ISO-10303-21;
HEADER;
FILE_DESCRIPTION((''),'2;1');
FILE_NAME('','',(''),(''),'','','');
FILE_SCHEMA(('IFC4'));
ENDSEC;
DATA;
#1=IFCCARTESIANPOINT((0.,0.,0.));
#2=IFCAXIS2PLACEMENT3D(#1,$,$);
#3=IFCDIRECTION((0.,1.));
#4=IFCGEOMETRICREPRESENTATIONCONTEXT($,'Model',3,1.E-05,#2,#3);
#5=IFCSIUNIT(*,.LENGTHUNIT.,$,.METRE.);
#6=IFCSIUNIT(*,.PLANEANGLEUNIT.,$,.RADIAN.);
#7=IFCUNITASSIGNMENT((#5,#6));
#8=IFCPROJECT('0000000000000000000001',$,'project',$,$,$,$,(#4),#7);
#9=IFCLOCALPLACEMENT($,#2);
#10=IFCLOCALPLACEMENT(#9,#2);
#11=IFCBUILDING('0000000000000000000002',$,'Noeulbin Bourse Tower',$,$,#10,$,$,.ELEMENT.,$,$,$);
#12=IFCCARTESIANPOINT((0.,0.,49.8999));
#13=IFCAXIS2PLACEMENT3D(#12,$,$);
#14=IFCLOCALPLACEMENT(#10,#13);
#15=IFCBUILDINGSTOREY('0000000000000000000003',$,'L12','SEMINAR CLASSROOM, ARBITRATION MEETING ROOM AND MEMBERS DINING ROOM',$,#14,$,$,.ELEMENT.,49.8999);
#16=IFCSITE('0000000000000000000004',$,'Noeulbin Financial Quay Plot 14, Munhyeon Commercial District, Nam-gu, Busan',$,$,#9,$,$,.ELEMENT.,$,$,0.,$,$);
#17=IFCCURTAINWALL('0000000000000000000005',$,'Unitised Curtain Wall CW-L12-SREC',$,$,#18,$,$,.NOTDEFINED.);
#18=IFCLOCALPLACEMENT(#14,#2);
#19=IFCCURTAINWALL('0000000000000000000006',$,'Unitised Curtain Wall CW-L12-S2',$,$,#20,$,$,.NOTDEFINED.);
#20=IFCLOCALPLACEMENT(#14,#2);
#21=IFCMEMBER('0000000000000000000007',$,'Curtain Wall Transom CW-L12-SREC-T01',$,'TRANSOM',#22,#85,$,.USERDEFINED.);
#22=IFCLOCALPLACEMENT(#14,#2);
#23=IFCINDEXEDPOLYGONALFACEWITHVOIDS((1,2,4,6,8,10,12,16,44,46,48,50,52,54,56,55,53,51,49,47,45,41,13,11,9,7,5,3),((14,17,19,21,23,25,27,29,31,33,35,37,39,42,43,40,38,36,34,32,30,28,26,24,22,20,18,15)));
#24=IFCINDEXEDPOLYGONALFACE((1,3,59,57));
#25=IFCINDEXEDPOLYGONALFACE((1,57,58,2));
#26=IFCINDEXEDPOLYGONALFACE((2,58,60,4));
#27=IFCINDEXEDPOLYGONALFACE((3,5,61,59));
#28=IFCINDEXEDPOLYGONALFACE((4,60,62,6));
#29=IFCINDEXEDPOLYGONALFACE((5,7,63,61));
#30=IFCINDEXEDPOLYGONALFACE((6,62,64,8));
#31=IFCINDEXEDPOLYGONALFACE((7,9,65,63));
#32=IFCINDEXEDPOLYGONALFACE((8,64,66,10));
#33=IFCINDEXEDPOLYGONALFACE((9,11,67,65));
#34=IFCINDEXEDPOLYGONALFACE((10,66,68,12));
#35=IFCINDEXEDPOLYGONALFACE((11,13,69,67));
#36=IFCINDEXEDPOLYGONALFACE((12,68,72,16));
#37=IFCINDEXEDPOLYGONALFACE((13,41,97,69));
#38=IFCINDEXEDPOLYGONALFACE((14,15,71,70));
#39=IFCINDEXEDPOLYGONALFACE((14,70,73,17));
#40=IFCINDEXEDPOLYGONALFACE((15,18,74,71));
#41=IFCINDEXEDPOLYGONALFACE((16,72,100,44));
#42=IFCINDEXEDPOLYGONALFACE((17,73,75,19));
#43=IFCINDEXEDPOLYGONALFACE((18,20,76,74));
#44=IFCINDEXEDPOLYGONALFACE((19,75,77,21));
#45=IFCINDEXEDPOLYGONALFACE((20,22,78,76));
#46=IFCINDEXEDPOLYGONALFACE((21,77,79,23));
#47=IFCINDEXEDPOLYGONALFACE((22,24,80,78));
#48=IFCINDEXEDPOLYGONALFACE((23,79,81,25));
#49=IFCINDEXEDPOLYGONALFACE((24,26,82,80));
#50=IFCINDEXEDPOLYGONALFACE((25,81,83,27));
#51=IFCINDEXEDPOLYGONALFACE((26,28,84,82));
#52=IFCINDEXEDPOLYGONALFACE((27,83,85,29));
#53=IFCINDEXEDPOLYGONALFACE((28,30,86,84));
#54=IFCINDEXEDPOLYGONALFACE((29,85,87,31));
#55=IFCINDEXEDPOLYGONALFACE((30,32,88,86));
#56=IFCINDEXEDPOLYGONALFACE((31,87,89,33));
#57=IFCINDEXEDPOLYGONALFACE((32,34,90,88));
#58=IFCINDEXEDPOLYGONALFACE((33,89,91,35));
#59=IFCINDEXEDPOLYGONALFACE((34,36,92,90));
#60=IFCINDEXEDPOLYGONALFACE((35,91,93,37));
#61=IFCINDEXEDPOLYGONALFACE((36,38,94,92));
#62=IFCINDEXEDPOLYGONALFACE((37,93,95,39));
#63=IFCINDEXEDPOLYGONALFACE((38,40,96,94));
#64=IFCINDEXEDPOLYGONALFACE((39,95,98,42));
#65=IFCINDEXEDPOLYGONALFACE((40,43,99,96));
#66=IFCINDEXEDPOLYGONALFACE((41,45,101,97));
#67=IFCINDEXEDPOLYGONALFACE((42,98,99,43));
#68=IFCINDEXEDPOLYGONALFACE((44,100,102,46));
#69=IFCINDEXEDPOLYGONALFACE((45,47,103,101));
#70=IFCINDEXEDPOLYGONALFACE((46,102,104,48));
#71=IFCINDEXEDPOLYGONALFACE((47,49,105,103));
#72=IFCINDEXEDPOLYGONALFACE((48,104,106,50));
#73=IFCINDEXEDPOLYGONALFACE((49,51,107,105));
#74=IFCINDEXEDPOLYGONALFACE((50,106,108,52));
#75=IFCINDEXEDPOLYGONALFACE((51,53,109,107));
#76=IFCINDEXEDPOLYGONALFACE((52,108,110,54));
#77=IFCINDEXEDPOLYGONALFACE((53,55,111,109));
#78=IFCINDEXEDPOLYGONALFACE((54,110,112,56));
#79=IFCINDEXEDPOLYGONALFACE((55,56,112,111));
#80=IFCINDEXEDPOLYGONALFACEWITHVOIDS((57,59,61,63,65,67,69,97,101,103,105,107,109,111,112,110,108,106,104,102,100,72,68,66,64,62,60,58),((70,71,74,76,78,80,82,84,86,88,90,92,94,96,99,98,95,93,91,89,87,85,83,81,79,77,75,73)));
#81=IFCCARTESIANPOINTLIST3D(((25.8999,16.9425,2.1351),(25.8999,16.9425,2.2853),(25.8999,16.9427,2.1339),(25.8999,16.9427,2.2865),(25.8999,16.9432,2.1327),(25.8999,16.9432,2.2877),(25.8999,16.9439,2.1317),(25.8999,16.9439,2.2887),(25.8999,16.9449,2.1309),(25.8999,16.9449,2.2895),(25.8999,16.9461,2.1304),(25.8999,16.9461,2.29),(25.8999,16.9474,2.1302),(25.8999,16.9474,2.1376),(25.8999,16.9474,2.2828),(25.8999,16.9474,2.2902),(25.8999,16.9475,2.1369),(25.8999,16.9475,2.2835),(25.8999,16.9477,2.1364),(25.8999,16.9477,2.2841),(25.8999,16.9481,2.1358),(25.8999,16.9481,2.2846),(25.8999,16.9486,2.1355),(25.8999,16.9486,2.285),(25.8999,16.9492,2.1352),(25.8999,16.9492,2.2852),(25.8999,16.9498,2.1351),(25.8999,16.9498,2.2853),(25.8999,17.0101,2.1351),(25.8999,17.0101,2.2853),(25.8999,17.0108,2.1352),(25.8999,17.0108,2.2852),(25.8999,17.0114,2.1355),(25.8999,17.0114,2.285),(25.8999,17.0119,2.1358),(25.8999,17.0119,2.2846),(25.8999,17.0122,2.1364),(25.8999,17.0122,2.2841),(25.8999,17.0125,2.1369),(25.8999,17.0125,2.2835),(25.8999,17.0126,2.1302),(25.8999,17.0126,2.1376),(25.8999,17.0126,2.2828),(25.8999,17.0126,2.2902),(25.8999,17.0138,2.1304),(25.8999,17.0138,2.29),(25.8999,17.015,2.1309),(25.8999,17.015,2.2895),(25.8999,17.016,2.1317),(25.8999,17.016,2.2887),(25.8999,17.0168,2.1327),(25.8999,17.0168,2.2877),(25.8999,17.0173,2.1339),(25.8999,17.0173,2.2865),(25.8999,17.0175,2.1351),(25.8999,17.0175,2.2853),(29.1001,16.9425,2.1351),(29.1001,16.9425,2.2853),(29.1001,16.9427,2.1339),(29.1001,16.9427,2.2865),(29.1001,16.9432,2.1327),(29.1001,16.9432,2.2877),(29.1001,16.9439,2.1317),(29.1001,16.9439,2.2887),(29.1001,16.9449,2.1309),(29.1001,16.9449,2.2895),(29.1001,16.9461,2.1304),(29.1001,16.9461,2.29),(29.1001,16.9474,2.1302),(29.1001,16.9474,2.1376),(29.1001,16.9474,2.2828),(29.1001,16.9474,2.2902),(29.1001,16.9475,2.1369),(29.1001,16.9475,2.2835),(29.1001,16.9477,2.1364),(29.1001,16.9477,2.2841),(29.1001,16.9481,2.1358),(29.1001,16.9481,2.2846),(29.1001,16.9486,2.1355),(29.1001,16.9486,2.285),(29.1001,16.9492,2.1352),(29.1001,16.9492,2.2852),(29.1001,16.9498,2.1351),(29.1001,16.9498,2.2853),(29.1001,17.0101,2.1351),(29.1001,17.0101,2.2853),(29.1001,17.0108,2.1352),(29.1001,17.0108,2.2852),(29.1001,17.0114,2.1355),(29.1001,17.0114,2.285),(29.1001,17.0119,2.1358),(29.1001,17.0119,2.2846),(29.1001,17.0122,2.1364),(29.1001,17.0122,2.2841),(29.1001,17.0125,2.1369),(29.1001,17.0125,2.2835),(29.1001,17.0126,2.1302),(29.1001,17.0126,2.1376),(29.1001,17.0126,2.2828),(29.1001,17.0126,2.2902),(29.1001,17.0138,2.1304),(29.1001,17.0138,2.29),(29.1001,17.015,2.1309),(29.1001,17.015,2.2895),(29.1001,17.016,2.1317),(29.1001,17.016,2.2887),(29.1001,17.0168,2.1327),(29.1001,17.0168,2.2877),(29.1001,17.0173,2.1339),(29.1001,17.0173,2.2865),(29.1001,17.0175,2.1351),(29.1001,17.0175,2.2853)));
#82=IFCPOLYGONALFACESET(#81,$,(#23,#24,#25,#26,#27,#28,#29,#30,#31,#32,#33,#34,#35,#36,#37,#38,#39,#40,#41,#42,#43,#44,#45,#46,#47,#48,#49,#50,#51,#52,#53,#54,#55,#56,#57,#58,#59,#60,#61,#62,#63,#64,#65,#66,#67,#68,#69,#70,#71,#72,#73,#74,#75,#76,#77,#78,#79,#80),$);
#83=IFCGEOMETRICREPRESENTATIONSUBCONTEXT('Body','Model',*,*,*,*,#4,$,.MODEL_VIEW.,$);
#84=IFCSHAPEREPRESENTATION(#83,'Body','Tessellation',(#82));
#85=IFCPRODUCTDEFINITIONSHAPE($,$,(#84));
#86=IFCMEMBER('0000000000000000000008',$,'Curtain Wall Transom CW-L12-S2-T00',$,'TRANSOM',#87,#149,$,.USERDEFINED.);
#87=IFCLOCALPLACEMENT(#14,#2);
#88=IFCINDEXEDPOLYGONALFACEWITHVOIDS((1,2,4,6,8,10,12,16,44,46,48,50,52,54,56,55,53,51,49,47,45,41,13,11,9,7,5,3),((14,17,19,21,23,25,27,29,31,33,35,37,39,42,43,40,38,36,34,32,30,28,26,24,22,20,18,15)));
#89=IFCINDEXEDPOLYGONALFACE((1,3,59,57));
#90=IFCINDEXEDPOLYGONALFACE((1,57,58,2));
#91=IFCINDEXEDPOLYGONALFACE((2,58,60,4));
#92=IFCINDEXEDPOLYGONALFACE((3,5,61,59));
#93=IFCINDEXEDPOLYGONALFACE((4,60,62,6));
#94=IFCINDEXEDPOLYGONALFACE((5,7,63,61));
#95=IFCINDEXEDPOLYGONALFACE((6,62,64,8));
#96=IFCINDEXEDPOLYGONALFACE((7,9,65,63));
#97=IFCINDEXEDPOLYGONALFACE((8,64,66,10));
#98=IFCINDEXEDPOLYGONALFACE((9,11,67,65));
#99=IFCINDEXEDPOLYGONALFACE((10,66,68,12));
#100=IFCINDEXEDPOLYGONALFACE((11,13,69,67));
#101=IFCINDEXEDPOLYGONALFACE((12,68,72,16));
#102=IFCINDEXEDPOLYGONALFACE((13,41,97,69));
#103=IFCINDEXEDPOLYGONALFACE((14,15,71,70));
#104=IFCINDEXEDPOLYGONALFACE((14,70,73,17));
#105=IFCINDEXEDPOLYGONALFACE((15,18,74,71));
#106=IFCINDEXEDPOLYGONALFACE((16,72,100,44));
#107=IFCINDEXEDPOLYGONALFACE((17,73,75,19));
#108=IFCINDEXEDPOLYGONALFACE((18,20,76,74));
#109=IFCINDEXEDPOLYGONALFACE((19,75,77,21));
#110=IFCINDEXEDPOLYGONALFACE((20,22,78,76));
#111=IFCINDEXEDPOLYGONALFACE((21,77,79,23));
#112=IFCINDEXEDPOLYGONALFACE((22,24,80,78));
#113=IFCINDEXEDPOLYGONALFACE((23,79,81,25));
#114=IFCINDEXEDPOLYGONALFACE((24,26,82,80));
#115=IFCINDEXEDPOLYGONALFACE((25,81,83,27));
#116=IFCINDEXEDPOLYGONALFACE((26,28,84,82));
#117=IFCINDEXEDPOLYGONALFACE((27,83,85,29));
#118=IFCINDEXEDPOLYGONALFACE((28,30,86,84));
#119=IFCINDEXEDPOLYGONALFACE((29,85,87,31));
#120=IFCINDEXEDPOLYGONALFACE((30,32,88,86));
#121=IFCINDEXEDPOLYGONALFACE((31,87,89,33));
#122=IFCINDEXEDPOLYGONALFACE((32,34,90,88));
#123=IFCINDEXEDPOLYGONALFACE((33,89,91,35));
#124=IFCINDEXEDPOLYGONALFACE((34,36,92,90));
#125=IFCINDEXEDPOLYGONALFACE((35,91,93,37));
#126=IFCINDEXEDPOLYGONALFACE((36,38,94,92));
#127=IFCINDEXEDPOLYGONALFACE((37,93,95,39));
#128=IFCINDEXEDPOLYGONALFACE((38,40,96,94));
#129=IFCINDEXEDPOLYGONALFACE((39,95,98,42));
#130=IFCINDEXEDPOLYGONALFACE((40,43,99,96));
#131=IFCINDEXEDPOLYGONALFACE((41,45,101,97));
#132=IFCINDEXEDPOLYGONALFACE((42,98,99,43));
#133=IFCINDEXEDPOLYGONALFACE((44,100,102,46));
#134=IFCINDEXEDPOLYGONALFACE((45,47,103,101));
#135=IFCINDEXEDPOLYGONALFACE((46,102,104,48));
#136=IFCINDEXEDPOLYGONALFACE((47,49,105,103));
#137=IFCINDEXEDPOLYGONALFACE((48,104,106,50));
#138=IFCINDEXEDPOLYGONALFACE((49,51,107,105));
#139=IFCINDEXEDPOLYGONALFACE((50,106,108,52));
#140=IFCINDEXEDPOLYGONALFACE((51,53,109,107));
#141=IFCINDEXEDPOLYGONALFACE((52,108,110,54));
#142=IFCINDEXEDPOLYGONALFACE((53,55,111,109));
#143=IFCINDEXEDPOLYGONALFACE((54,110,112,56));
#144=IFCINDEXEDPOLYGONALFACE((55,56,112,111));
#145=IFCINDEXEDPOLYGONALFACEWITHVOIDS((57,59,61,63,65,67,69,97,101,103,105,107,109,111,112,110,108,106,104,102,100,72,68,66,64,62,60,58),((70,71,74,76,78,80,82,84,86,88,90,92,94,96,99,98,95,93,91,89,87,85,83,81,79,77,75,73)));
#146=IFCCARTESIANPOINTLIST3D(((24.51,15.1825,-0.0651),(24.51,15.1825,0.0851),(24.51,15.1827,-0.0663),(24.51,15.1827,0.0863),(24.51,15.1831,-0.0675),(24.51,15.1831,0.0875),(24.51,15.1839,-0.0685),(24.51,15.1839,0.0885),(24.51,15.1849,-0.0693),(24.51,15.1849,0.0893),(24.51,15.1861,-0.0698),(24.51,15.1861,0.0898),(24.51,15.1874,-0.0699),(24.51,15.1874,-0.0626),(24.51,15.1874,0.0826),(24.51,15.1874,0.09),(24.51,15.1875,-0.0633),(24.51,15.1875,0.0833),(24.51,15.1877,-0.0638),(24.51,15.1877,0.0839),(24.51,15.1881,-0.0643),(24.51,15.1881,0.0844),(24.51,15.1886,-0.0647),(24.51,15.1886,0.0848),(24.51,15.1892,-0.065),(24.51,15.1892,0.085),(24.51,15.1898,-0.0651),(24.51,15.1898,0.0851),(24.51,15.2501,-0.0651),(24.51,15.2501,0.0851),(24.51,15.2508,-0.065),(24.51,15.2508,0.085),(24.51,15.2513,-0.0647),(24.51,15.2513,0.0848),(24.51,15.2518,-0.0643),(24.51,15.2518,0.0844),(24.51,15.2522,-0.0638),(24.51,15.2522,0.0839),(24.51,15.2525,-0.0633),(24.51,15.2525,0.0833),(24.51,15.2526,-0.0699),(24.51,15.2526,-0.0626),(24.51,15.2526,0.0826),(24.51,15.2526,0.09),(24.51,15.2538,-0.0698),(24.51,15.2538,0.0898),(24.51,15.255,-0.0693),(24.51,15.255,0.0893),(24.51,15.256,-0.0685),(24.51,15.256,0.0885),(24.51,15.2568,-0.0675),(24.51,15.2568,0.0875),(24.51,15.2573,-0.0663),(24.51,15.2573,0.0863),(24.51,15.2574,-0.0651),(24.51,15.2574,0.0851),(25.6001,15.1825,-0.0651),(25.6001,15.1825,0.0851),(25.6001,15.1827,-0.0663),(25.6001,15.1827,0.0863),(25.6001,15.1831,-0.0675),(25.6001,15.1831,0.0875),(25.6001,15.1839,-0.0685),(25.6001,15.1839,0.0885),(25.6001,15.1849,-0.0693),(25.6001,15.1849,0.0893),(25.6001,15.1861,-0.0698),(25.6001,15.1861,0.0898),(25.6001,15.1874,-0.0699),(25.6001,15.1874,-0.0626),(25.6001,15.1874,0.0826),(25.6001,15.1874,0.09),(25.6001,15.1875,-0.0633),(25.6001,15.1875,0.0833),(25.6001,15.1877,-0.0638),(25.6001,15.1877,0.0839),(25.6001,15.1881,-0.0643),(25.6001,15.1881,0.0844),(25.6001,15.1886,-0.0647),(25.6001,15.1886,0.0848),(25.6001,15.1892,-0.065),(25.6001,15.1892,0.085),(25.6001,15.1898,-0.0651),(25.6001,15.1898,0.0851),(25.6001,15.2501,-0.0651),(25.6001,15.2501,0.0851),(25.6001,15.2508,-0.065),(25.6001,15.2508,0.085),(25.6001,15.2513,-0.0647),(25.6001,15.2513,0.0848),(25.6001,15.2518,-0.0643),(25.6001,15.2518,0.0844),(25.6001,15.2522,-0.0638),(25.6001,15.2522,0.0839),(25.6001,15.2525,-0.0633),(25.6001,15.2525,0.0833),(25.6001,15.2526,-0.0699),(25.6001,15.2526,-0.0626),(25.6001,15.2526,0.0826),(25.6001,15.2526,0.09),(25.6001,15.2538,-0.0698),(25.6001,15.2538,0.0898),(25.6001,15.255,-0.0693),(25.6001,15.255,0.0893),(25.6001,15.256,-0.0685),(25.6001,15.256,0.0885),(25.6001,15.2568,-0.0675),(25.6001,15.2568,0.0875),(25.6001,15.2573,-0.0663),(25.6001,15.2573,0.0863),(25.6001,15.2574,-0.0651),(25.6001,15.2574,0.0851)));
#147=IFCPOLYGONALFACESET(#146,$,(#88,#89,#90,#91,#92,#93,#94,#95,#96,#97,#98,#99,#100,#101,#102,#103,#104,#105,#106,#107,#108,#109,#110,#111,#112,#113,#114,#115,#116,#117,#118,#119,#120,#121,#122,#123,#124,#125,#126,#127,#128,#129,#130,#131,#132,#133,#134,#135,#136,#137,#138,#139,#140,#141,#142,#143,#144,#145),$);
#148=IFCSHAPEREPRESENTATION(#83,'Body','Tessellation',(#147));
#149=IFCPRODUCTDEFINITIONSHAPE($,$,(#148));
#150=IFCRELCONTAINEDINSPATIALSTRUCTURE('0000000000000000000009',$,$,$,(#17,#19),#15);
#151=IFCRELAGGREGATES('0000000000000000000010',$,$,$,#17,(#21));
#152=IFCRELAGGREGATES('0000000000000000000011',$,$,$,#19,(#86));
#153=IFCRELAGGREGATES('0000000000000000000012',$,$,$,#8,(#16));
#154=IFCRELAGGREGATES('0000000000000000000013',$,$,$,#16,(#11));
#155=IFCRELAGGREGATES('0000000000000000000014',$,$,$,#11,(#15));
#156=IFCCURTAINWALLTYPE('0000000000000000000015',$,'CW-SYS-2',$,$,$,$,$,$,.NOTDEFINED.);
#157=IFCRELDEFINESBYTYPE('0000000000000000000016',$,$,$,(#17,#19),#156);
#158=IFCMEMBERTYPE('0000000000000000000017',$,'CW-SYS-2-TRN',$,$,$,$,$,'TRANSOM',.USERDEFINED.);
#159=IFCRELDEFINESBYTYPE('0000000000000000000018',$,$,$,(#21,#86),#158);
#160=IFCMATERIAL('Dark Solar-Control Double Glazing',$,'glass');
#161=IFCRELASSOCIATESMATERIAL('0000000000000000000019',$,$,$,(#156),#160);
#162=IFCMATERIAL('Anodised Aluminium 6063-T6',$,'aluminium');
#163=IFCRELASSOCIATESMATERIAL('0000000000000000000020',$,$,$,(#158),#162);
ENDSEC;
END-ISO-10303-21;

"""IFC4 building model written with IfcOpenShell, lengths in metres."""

from ifc_helpers import new_model, si_unit, direction, frame, origin, origin_2d, place, context, subcontext, project, spatial, hollow_rectangle, extrude, material, material_profile, profile_set, type_object, element, aggregate, save


model = new_model("IFC4")

# Units and contexts
model_context = context("Model", 3, precision=1e-05, world=origin(), true_north=direction((0.0, 1.0)))
body_context = subcontext(model_context, "Body", "Model", "MODEL_VIEW")
ifc_project = project(units=[si_unit("LENGTHUNIT", "METRE"), si_unit("PLANEANGLEUNIT", "RADIAN")], contexts=[model_context])

# Site, building, storey
site_placement = place(None, origin())
site = spatial("IfcSite", under=ifc_project, at=site_placement, Name="Noeulbin Financial Quay Plot 14, Munhyeon Commercial District, Nam-gu, Busan", CompositionType="ELEMENT", RefElevation=0.0)
building_placement = place(site_placement, origin())
building = spatial("IfcBuilding", under=site, at=building_placement, Name="Noeulbin Bourse Tower", CompositionType="ELEMENT")
storey_placement = place(building_placement, frame((0.0, 0.0, 49.8999)))
storey = spatial("IfcBuildingStorey", under=building, at=storey_placement, Name="L12", Description="SEMINAR CLASSROOM, ARBITRATION MEETING ROOM AND MEMBERS DINING ROOM", CompositionType="ELEMENT", Elevation=49.8999)

# Curtain wall
ifc_material_1 = material(Name="Dark Solar-Control Double Glazing", Category="glass")
curtain_wall_type = type_object("IfcCurtainWallType", Name="CW-SYS-2", PredefinedType="NOTDEFINED", material=ifc_material_1)
curtain_wall_1_placement = place(storey_placement, origin())
curtain_wall_1 = element("IfcCurtainWall", 1, at=curtain_wall_1_placement, inside=storey, type_object=curtain_wall_type, Name="Unitised Curtain Wall CW-L12-SREC", PredefinedType="NOTDEFINED")
ifc_material_2 = material(Name="Anodised Aluminium 6063-T6", Category="aluminium")

# Curtain wall
curtain_wall_2_placement = place(storey_placement, origin())
curtain_wall_2 = element("IfcCurtainWall", 2, at=curtain_wall_2_placement, inside=storey, type_object=curtain_wall_type, Name="Unitised Curtain Wall CW-L12-S2", PredefinedType="NOTDEFINED")

# Members
ifc_material_profile_1 = material_profile(ifc_material_2, hollow_rectangle(XDim=0.075, YDim=0.1599, WallThickness=0.0049, InnerFilletRadius=0.0024, OuterFilletRadius=0.0049, at=origin_2d()), Name="ALU-TRAN-75x160x5", Category="LoadBearing")
ifc_profile_set_1 = profile_set([ifc_material_profile_1], Name="Anodised Aluminium 6063-T6")
member_type_1 = type_object("IfcMemberType", Name="CW-SYS-2-TRN", ElementType="TRANSOM", PredefinedType="USERDEFINED", material=ifc_profile_set_1)
member_1_placement = place(storey_placement, frame((25.8999, 16.98, 2.2102), z_axis=(1.0, 0.0, 0.0), x_axis=(0.0, 1.0, 0.0)))
member_1 = element("IfcMember", 3, at=member_1_placement, type_object=member_type_1, Name="Curtain Wall Transom CW-L12-SREC-T01", ObjectType="TRANSOM", PredefinedType="USERDEFINED", context=body_context, shape_type="SweptSolid", body=[
    extrude(hollow_rectangle(XDim=0.075, YDim=0.1599, WallThickness=0.0049, InnerFilletRadius=0.0024, OuterFilletRadius=0.0049, at=origin_2d()), origin(), (0.0, 0.0, 1.0), 3.2002),
])
member_2_placement = place(storey_placement, frame((24.51, 15.22, 0.01), z_axis=(1.0, 0.0, 0.0), x_axis=(0.0, 1.0, 0.0)))
member_2 = element("IfcMember", 4, at=member_2_placement, type_object=member_type_1, Name="Curtain Wall Transom CW-L12-S2-T00", ObjectType="TRANSOM", PredefinedType="USERDEFINED", context=body_context, shape_type="SweptSolid", body=[
    extrude(hollow_rectangle(XDim=0.075, YDim=0.1599, WallThickness=0.0049, InnerFilletRadius=0.0024, OuterFilletRadius=0.0049, at=origin_2d()), origin(), (0.0, 0.0, 1.0), 1.0901),
])

aggregate(curtain_wall_1, [member_1])
aggregate(curtain_wall_2, [member_2])

save(model, "model.ifc")
